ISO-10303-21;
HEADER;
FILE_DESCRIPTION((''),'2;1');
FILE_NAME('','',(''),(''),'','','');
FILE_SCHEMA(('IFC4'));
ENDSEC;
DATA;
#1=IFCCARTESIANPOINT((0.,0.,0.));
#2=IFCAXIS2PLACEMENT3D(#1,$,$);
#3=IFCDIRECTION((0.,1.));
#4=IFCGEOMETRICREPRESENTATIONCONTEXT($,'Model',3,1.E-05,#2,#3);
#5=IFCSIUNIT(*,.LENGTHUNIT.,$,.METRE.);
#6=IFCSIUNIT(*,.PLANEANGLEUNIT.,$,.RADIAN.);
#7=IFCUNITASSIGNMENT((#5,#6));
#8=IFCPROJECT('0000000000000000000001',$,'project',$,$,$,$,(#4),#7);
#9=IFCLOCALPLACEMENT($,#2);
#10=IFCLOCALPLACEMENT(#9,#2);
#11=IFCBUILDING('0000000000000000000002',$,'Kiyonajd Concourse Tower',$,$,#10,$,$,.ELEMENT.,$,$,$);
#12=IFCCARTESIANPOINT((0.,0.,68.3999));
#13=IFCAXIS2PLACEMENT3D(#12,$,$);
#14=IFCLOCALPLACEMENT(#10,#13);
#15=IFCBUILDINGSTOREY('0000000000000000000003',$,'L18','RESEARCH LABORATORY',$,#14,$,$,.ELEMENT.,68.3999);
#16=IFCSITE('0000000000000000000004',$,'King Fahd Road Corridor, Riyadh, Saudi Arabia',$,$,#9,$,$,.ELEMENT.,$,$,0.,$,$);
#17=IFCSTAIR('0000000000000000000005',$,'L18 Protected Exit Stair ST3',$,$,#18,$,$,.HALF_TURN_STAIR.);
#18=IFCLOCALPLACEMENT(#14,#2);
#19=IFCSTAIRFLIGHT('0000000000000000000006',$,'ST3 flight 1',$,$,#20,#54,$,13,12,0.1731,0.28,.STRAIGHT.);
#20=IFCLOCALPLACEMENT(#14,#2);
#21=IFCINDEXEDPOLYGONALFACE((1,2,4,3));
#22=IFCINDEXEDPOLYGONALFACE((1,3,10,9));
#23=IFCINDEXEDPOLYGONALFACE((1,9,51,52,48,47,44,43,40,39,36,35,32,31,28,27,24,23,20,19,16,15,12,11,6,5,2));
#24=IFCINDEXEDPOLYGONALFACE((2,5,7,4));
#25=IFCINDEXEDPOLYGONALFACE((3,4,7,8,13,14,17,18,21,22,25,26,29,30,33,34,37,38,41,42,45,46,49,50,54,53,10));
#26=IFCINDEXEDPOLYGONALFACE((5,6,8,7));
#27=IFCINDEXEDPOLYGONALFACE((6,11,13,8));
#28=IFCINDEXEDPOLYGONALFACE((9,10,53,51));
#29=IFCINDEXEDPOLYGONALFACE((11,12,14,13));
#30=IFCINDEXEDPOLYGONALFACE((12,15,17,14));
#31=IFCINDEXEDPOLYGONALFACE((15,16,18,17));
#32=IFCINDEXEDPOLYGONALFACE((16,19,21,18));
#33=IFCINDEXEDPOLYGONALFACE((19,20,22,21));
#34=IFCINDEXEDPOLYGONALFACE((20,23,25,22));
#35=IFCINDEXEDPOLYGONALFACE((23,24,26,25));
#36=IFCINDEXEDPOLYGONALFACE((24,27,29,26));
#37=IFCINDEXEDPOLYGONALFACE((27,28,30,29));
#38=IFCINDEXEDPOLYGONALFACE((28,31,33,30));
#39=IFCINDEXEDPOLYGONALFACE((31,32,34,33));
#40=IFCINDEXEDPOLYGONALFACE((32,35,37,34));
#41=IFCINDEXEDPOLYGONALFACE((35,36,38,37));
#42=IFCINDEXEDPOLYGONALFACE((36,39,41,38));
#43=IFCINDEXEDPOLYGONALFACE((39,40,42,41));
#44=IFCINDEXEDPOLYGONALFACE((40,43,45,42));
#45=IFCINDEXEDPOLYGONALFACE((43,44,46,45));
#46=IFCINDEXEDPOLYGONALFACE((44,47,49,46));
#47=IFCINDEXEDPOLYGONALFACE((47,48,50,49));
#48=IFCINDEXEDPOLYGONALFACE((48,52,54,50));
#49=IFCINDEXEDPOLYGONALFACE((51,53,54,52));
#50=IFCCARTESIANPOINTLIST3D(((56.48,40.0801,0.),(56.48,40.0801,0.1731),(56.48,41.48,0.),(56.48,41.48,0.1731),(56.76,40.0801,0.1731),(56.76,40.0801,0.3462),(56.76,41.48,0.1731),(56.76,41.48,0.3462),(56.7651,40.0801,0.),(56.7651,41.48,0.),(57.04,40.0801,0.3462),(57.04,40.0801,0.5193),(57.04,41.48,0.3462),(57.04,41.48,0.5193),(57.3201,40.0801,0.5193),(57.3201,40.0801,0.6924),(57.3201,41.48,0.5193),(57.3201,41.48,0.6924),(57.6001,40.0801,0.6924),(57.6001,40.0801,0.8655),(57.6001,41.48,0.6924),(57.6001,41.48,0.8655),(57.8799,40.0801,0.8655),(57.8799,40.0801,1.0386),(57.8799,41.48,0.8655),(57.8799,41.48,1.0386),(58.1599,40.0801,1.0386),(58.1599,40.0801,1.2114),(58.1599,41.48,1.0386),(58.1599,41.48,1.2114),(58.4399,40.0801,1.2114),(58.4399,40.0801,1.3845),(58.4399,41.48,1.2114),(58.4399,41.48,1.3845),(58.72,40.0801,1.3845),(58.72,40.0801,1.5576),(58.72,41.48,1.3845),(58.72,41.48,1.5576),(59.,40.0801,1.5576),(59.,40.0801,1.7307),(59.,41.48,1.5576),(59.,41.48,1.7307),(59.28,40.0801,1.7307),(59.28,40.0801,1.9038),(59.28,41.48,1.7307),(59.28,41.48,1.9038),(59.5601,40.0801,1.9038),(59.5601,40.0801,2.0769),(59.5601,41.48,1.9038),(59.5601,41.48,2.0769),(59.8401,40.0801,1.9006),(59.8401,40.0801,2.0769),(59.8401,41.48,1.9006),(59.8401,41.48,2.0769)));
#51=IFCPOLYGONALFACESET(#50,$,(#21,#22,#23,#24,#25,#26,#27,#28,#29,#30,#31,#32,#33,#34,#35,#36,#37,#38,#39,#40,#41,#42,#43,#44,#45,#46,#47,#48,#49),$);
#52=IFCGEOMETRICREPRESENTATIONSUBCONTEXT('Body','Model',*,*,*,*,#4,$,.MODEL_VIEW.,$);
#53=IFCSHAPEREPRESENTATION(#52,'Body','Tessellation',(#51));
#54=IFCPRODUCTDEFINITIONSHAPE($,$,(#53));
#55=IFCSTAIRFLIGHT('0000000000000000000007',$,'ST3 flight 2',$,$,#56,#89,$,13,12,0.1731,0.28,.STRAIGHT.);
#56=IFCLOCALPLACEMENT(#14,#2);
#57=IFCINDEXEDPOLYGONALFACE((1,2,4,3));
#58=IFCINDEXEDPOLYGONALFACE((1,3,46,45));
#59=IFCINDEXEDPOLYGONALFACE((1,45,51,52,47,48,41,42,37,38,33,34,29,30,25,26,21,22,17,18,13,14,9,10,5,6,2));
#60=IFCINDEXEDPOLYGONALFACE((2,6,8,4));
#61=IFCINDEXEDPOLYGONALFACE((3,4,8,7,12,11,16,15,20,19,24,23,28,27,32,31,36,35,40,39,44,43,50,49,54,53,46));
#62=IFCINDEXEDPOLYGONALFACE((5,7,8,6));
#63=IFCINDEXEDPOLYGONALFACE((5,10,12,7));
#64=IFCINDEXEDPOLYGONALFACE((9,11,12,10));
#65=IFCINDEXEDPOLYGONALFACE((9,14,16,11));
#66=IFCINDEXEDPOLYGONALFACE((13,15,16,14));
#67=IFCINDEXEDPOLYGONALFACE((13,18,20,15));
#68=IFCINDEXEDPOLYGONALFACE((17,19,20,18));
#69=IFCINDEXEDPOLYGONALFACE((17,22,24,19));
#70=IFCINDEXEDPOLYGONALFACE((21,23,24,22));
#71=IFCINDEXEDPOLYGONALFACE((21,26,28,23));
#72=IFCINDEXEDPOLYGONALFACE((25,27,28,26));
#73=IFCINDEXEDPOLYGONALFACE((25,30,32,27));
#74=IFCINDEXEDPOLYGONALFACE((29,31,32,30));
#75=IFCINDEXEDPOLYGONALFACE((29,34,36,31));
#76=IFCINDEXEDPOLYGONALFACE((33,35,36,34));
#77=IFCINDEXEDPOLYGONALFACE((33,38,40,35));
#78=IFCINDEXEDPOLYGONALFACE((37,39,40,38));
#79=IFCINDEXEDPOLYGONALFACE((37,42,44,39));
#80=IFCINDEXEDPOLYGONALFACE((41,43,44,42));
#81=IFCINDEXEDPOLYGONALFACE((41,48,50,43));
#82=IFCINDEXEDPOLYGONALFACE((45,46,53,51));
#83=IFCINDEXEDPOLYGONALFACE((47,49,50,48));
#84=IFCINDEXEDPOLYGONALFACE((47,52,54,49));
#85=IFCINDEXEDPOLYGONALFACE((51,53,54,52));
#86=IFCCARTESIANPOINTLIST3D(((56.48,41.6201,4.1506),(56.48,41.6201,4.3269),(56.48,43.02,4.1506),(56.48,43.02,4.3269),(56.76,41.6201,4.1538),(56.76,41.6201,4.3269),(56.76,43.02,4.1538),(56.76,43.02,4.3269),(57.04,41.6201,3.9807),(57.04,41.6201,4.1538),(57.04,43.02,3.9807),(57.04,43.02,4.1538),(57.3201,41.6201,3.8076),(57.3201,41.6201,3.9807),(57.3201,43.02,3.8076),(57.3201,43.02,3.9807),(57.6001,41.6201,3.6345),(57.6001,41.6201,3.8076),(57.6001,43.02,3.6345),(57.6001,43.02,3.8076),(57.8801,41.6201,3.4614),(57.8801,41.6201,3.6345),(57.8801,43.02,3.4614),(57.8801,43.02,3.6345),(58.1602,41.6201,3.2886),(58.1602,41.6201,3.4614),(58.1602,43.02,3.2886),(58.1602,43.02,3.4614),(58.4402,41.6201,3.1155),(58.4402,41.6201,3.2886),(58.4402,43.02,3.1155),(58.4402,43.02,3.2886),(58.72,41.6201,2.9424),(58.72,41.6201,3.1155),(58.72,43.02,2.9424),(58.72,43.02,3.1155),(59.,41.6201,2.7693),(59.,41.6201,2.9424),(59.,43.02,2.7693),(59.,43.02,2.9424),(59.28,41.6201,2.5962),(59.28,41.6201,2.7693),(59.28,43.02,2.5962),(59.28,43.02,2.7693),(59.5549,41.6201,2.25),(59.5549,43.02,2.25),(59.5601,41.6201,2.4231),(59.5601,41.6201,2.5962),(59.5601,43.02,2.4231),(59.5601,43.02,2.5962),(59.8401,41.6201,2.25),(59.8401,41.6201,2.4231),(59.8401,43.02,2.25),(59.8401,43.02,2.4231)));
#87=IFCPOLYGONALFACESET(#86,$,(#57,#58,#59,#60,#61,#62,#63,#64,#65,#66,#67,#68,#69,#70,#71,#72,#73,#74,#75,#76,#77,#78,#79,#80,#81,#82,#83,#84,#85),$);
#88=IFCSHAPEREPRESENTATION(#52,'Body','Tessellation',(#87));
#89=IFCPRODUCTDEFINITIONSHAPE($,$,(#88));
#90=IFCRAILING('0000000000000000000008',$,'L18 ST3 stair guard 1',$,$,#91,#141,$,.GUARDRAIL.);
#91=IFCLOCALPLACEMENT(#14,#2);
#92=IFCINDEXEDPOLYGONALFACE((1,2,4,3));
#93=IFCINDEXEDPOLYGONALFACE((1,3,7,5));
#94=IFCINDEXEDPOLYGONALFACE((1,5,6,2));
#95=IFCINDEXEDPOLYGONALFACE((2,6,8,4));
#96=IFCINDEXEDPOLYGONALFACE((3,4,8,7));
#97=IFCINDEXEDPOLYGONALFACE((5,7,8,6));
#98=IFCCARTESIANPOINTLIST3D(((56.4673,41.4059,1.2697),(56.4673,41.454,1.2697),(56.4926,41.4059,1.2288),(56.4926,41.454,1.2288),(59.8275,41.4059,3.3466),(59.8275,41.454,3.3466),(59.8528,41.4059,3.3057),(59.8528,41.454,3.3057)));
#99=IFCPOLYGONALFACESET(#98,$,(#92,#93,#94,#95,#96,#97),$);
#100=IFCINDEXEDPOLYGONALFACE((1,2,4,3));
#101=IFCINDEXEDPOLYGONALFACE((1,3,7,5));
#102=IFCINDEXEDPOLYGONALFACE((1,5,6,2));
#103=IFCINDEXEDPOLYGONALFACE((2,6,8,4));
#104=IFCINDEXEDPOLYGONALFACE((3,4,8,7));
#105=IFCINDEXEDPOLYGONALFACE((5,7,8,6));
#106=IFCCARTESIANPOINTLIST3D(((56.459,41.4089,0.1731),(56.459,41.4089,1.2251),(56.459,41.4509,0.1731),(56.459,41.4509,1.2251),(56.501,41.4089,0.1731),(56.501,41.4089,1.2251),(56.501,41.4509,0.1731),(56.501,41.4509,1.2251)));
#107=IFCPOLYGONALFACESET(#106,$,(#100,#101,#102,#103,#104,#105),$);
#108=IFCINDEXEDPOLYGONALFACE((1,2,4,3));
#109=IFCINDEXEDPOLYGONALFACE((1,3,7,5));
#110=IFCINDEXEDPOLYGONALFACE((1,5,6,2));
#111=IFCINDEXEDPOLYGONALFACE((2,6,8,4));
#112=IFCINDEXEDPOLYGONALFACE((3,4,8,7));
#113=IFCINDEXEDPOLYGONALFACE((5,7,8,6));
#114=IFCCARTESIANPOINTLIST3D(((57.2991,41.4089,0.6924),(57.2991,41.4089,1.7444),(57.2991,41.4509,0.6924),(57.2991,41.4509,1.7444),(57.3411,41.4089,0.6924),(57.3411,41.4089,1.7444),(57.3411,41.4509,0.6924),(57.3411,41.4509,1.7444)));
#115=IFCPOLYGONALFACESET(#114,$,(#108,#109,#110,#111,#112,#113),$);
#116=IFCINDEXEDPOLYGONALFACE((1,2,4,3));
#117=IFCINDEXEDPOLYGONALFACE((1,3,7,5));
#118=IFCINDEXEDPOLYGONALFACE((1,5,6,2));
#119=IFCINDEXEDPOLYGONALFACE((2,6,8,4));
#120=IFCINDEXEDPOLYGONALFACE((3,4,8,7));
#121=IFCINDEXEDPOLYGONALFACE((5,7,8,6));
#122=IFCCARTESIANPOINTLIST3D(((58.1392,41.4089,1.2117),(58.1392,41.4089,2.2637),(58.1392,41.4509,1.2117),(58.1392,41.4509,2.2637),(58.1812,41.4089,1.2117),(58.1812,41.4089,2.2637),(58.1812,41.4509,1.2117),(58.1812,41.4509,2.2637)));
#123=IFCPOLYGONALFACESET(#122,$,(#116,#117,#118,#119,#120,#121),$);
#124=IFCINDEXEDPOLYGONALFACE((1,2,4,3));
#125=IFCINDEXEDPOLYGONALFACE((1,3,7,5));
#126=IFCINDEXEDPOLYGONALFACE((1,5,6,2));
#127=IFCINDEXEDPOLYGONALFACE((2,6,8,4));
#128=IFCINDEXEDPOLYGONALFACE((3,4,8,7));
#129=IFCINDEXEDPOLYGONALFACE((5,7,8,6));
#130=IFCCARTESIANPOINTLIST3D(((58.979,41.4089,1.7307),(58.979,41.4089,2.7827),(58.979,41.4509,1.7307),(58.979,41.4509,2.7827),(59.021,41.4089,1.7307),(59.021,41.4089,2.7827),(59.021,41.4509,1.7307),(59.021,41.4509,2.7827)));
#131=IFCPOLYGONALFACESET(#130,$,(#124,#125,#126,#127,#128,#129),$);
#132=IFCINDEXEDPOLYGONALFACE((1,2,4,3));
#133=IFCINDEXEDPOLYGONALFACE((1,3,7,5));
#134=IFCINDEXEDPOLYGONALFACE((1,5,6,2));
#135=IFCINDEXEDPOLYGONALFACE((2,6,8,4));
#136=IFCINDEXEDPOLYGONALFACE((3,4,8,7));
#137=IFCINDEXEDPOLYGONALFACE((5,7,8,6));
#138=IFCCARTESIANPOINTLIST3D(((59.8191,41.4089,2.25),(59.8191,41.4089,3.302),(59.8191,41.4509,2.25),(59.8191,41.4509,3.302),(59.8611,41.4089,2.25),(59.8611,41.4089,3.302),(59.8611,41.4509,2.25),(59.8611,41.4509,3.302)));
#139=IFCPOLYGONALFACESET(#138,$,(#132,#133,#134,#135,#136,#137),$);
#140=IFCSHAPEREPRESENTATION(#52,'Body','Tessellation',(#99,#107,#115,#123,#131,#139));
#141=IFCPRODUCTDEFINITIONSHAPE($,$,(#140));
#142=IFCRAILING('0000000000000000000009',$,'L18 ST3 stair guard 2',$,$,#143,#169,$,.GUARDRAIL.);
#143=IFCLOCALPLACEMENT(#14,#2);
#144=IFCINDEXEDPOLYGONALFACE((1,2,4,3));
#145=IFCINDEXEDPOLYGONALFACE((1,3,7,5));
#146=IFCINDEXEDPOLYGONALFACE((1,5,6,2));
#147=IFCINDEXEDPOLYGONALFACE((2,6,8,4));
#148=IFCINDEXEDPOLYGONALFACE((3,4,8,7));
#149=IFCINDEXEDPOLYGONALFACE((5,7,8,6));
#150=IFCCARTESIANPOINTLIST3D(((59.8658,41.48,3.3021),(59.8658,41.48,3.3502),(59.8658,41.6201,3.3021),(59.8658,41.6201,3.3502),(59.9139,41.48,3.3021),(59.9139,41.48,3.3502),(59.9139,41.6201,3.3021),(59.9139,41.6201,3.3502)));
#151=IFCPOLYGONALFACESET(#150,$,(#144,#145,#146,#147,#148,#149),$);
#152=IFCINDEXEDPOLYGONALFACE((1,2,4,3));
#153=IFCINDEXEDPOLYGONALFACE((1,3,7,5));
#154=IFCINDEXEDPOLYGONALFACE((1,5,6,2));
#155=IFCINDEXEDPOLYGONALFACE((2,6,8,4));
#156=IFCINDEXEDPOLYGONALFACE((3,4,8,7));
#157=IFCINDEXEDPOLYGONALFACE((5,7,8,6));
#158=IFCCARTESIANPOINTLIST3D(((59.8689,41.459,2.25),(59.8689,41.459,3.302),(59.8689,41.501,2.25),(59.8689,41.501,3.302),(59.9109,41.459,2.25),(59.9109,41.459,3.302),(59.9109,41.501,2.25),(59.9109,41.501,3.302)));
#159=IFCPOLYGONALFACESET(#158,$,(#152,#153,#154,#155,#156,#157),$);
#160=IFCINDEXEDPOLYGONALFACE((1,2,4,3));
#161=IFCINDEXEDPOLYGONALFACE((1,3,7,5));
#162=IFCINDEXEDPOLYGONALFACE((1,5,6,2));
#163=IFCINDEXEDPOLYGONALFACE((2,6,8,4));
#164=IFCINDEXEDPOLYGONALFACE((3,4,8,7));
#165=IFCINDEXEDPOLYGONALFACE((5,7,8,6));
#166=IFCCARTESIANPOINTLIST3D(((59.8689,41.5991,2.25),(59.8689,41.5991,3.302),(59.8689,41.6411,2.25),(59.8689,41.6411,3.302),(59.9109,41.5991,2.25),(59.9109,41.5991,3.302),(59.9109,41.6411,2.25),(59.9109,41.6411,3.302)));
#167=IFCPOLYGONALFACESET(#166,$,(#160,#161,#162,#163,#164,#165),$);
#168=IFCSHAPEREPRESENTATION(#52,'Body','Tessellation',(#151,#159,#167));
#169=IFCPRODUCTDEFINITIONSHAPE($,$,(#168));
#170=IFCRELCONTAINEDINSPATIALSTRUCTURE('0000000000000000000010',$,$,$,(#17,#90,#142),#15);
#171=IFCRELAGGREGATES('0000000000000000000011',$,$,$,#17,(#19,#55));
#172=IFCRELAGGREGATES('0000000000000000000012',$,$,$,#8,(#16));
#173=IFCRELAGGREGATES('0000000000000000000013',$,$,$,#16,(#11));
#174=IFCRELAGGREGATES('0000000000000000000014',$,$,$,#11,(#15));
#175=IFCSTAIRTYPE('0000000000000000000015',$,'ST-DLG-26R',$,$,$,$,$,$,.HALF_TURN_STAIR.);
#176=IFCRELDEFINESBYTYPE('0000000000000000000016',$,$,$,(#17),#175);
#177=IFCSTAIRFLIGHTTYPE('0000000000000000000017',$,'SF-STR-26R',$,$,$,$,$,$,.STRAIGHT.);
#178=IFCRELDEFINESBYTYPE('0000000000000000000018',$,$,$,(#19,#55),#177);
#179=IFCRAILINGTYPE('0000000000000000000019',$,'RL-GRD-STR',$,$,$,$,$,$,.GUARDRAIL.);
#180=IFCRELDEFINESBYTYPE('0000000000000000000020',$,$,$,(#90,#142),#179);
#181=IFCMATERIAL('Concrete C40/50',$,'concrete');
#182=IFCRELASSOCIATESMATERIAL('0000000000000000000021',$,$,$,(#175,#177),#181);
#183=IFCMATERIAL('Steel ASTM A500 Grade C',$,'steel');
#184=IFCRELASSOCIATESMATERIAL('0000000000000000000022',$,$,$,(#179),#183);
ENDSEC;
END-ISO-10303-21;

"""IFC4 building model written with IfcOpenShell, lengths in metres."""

from ifc_helpers import new_model, si_unit, direction, frame, origin, origin_2d, place, context, subcontext, project, spatial, polyline, rectangle, outline, extrude, material, type_object, element, aggregate, save


model = new_model("IFC4")

# Units and contexts
model_context = context("Model", 3, precision=1e-05, world=origin(), true_north=direction((0.0, 1.0)))
body_context = subcontext(model_context, "Body", "Model", "MODEL_VIEW")
ifc_project = project(units=[si_unit("LENGTHUNIT", "METRE"), si_unit("PLANEANGLEUNIT", "RADIAN")], contexts=[model_context])

# Site, building, storey
site_placement = place(None, origin())
site = spatial("IfcSite", under=ifc_project, at=site_placement, Name="King Fahd Road Corridor, Riyadh, Saudi Arabia", CompositionType="ELEMENT", RefElevation=0.0)
building_placement = place(site_placement, origin())
building = spatial("IfcBuilding", under=site, at=building_placement, Name="Kiyonajd Concourse Tower", CompositionType="ELEMENT")
storey_placement = place(building_placement, frame((0.0, 0.0, 68.3999)))
storey = spatial("IfcBuildingStorey", under=building, at=storey_placement, Name="L18", Description="RESEARCH LABORATORY", CompositionType="ELEMENT", Elevation=68.3999)

# Shared definitions
ifc_material_1 = material(Name="Concrete C40/50", Category="concrete")
stair_type = type_object("IfcStairType", Name="ST-DLG-26R", PredefinedType="HALF_TURN_STAIR", material=ifc_material_1)
stair_flight_type = type_object("IfcStairFlightType", Name="SF-STR-26R", PredefinedType="STRAIGHT", material=ifc_material_1)

# Stair, stair flights
stair_1_placement = place(storey_placement, origin())
stair_1 = element("IfcStair", 1, at=stair_1_placement, inside=storey, type_object=stair_type, Name="L18 Protected Exit Stair ST3", PredefinedType="HALF_TURN_STAIR")
stair_flight_1_placement = place(storey_placement, frame((56.48, 40.78, 0.0), z_axis=(0.0, 0.0, 1.0), x_axis=(1.0, 0.0, 0.0)))
stair_flight_1 = element("IfcStairFlight", 2, at=stair_flight_1_placement, type_object=stair_flight_type, Name="ST3 flight 1", NumberOfRisers=13, NumberOfTreads=12, PredefinedType="STRAIGHT", RiserHeight=0.1731, TreadLength=0.28, context=body_context, shape_type="SweptSolid", body=[
    extrude(outline(polyline([(0.0, 0.0), (0.0, 0.1731), (0.28, 0.1731), (0.28, 0.3462), (0.5601, 0.3462), (0.5601, 0.5193), (0.8401, 0.5193), (0.8401, 0.6924), (1.1201, 0.6924), (1.1201, 0.8655), (1.3999, 0.8655), (1.3999, 1.0386), (1.6799, 1.0386), (1.6799, 1.2114), (1.96, 1.2114), (1.96, 1.3845), (2.24, 1.3845), (2.24, 1.5576), (2.52, 1.5576), (2.52, 1.7307), (2.8, 1.7307), (2.8, 1.9038), (3.0801, 1.9038), (3.0801, 2.0769), (3.3601, 2.0769), (3.3601, 2.25), (3.3601, 1.9006), (0.2852, 0.0), (0.0, 0.0)])), frame((0.0, 0.7, 0.0), z_axis=(0.0, -1.0, 0.0), x_axis=(1.0, 0.0, 0.0)), (0.0, 0.0, 1.0), 1.3999),
])
stair_flight_2_placement = place(storey_placement, frame((59.8401, 42.3201, 2.25), z_axis=(0.0, 0.0, 1.0), x_axis=(-1.0, 0.0, 0.0)))
stair_flight_2 = element("IfcStairFlight", 3, at=stair_flight_2_placement, type_object=stair_flight_type, Name="ST3 flight 2", NumberOfRisers=13, NumberOfTreads=12, PredefinedType="STRAIGHT", RiserHeight=0.1731, TreadLength=0.28, context=body_context, shape_type="SweptSolid", body=[
    extrude(outline(polyline([(0.0, 0.0), (0.0, 0.1731), (0.28, 0.1731), (0.28, 0.3462), (0.5601, 0.3462), (0.5601, 0.5193), (0.8401, 0.5193), (0.8401, 0.6924), (1.1201, 0.6924), (1.1201, 0.8655), (1.3999, 0.8655), (1.3999, 1.0386), (1.6799, 1.0386), (1.6799, 1.2114), (1.96, 1.2114), (1.96, 1.3845), (2.24, 1.3845), (2.24, 1.5576), (2.52, 1.5576), (2.52, 1.7307), (2.8, 1.7307), (2.8, 1.9038), (3.0801, 1.9038), (3.0801, 2.0769), (3.3601, 2.0769), (3.3601, 2.25), (3.3601, 1.9006), (0.2852, 0.0), (0.0, 0.0)])), frame((0.0, 0.7, 0.0), z_axis=(0.0, -1.0, 0.0), x_axis=(1.0, 0.0, 0.0)), (0.0, 0.0, 1.0), 1.3999),
])
aggregate(stair_1, [stair_flight_1, stair_flight_2])

# Railings
ifc_material_2 = material(Name="Steel ASTM A500 Grade C", Category="steel")
railing_type_1 = type_object("IfcRailingType", Name="RL-GRD-STR", PredefinedType="GUARDRAIL", material=ifc_material_2)
railing_1_placement = place(storey_placement, frame((56.48, 41.4299, 0.1731)))
element("IfcRailing", 4, at=railing_1_placement, inside=storey, type_object=railing_type_1, Name="L18 ST3 stair guard 1", PredefinedType="GUARDRAIL", context=body_context, shape_type="SweptSolid", body=[
    extrude(rectangle(XDim=0.0481, YDim=0.0481, at=origin_2d()), frame((0.0, 0.0, 1.0762), z_axis=(0.850623, 0.0, 0.525776), x_axis=(0.0, 1.0, 0.0)), (0.0, 0.0, 1.0), 3.9502),
    extrude(rectangle(XDim=0.042, YDim=0.042, at=origin_2d()), origin(), (0.0, 0.0, 1.0), 1.052),
    extrude(rectangle(XDim=0.042, YDim=0.042, at=origin_2d()), frame((0.8401, 0.0, 0.5193)), (0.0, 0.0, 1.0), 1.052),
    extrude(rectangle(XDim=0.042, YDim=0.042, at=origin_2d()), frame((1.6802, 0.0, 1.0386)), (0.0, 0.0, 1.0), 1.052),
    extrude(rectangle(XDim=0.042, YDim=0.042, at=origin_2d()), frame((2.52, 0.0, 1.5576)), (0.0, 0.0, 1.0), 1.052),
    extrude(rectangle(XDim=0.042, YDim=0.042, at=origin_2d()), frame((3.3601, 0.0, 2.0769)), (0.0, 0.0, 1.0), 1.052),
])
railing_2_placement = place(storey_placement, frame((59.8899, 41.48, 2.25)))
element("IfcRailing", 5, at=railing_2_placement, inside=storey, type_object=railing_type_1, Name="L18 ST3 stair guard 2", PredefinedType="GUARDRAIL", context=body_context, shape_type="SweptSolid", body=[
    extrude(rectangle(XDim=0.0481, YDim=0.0481, at=origin_2d()), frame((0.0, 0.0, 1.0762), z_axis=(0.0, 1.0, 0.0), x_axis=(-1.0, 0.0, 0.0)), (0.0, 0.0, 1.0), 0.1401),
    extrude(rectangle(XDim=0.042, YDim=0.042, at=origin_2d()), origin(), (0.0, 0.0, 1.0), 1.052),
    extrude(rectangle(XDim=0.042, YDim=0.042, at=origin_2d()), frame((0.0, 0.1401, 0.0)), (0.0, 0.0, 1.0), 1.052),
])

save(model, "model.ifc")
